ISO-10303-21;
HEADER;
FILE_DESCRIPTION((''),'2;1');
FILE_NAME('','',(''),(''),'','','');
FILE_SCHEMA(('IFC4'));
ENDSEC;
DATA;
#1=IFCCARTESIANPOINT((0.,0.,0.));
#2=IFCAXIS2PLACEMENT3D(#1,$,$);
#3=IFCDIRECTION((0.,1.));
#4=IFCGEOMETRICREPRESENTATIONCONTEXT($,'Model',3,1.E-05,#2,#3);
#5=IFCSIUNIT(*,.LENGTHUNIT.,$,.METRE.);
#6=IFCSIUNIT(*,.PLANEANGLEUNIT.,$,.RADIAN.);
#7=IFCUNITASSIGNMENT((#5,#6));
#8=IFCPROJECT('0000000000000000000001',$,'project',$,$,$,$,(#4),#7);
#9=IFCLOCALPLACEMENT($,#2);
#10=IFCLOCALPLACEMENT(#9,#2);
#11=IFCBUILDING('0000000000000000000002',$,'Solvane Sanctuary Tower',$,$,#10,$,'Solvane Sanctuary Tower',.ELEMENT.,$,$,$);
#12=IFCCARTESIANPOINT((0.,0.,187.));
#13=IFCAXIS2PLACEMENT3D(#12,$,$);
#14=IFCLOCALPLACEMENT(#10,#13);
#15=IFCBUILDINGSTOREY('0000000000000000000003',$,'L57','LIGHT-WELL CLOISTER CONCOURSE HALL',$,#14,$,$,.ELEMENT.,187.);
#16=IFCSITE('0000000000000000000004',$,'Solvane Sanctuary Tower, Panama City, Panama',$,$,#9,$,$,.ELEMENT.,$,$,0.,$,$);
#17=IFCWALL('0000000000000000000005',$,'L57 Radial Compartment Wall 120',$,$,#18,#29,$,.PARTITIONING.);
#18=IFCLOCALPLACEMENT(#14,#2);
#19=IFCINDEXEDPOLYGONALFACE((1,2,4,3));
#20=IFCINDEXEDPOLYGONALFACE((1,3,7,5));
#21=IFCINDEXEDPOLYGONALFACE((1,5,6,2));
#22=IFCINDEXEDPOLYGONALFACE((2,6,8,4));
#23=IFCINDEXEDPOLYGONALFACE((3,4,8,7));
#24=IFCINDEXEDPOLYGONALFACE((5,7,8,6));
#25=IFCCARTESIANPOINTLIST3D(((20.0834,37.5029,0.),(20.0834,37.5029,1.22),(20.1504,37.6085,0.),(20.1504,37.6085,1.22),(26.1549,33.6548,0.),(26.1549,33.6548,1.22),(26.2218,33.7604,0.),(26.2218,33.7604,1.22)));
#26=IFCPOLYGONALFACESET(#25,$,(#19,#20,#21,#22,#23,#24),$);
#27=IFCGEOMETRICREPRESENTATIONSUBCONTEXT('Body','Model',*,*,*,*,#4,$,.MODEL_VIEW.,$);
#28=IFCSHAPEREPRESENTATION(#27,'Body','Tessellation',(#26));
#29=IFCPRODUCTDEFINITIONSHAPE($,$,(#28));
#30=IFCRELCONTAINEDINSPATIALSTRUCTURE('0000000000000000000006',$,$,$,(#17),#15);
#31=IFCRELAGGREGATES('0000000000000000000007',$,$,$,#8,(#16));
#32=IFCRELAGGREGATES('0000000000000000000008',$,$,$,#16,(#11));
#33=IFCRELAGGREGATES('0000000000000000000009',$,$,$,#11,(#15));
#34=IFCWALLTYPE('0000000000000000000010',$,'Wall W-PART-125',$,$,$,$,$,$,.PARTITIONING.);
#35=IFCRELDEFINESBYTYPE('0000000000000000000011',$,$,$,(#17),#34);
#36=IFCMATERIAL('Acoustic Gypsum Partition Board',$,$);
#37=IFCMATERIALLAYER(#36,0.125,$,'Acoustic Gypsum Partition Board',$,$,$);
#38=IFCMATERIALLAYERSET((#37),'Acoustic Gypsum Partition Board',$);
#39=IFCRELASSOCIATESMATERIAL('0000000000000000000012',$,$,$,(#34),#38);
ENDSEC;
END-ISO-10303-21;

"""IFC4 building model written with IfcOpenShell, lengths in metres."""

from ifc_helpers import new_model, si_unit, direction, frame, frame_2d, origin, place, context, subcontext, project, spatial, rectangle, extrude, material, layer, layer_set, type_object, element, save


model = new_model("IFC4")

# Units and contexts
model_context = context("Model", 3, precision=1e-05, world=origin(), true_north=direction((0.0, 1.0)))
body_context = subcontext(model_context, "Body", "Model", "MODEL_VIEW")
ifc_project = project(units=[si_unit("LENGTHUNIT", "METRE"), si_unit("PLANEANGLEUNIT", "RADIAN")], contexts=[model_context])

# Site, building, storey
site_placement = place(None, origin())
site = spatial("IfcSite", under=ifc_project, at=site_placement, Name="Solvane Sanctuary Tower, Panama City, Panama", CompositionType="ELEMENT", RefElevation=0.0)
building_placement = place(site_placement, origin())
building = spatial("IfcBuilding", under=site, at=building_placement, Name="Solvane Sanctuary Tower", LongName="Solvane Sanctuary Tower", CompositionType="ELEMENT")
storey_placement = place(building_placement, frame((0.0, 0.0, 187.0)))
storey = spatial("IfcBuildingStorey", under=building, at=storey_placement, Name="L57", Description="LIGHT-WELL CLOISTER CONCOURSE HALL", CompositionType="ELEMENT", Elevation=187.0)

# Shared definitions
ifc_material_1 = material(Name="Acoustic Gypsum Partition Board")

# Wall
ifc_layer_1 = layer(ifc_material_1, 0.125, Name="Acoustic Gypsum Partition Board")
ifc_layer_set_1 = layer_set([ifc_layer_1], Name="Acoustic Gypsum Partition Board")
wall_type_1 = type_object("IfcWallType", Name="Wall W-PART-125", PredefinedType="PARTITIONING", material=ifc_layer_set_1)
wall_1_placement = place(storey_placement, frame((26.1885, 33.7075, 0.0), z_axis=(0.0, 0.0, 1.0), x_axis=(-0.84464, 0.535334, 0.0)))
element("IfcWall", 1, at=wall_1_placement, inside=storey, type_object=wall_type_1, Name="L57 Radial Compartment Wall 120", PredefinedType="PARTITIONING", context=body_context, shape_type="SweptSolid", body=[
    extrude(rectangle(XDim=7.1882, YDim=0.125, at=frame_2d((3.5942, 0.0))), origin(), (0.0, 0.0, 1.0), 1.22),
])

save(model, "model.ifc")
